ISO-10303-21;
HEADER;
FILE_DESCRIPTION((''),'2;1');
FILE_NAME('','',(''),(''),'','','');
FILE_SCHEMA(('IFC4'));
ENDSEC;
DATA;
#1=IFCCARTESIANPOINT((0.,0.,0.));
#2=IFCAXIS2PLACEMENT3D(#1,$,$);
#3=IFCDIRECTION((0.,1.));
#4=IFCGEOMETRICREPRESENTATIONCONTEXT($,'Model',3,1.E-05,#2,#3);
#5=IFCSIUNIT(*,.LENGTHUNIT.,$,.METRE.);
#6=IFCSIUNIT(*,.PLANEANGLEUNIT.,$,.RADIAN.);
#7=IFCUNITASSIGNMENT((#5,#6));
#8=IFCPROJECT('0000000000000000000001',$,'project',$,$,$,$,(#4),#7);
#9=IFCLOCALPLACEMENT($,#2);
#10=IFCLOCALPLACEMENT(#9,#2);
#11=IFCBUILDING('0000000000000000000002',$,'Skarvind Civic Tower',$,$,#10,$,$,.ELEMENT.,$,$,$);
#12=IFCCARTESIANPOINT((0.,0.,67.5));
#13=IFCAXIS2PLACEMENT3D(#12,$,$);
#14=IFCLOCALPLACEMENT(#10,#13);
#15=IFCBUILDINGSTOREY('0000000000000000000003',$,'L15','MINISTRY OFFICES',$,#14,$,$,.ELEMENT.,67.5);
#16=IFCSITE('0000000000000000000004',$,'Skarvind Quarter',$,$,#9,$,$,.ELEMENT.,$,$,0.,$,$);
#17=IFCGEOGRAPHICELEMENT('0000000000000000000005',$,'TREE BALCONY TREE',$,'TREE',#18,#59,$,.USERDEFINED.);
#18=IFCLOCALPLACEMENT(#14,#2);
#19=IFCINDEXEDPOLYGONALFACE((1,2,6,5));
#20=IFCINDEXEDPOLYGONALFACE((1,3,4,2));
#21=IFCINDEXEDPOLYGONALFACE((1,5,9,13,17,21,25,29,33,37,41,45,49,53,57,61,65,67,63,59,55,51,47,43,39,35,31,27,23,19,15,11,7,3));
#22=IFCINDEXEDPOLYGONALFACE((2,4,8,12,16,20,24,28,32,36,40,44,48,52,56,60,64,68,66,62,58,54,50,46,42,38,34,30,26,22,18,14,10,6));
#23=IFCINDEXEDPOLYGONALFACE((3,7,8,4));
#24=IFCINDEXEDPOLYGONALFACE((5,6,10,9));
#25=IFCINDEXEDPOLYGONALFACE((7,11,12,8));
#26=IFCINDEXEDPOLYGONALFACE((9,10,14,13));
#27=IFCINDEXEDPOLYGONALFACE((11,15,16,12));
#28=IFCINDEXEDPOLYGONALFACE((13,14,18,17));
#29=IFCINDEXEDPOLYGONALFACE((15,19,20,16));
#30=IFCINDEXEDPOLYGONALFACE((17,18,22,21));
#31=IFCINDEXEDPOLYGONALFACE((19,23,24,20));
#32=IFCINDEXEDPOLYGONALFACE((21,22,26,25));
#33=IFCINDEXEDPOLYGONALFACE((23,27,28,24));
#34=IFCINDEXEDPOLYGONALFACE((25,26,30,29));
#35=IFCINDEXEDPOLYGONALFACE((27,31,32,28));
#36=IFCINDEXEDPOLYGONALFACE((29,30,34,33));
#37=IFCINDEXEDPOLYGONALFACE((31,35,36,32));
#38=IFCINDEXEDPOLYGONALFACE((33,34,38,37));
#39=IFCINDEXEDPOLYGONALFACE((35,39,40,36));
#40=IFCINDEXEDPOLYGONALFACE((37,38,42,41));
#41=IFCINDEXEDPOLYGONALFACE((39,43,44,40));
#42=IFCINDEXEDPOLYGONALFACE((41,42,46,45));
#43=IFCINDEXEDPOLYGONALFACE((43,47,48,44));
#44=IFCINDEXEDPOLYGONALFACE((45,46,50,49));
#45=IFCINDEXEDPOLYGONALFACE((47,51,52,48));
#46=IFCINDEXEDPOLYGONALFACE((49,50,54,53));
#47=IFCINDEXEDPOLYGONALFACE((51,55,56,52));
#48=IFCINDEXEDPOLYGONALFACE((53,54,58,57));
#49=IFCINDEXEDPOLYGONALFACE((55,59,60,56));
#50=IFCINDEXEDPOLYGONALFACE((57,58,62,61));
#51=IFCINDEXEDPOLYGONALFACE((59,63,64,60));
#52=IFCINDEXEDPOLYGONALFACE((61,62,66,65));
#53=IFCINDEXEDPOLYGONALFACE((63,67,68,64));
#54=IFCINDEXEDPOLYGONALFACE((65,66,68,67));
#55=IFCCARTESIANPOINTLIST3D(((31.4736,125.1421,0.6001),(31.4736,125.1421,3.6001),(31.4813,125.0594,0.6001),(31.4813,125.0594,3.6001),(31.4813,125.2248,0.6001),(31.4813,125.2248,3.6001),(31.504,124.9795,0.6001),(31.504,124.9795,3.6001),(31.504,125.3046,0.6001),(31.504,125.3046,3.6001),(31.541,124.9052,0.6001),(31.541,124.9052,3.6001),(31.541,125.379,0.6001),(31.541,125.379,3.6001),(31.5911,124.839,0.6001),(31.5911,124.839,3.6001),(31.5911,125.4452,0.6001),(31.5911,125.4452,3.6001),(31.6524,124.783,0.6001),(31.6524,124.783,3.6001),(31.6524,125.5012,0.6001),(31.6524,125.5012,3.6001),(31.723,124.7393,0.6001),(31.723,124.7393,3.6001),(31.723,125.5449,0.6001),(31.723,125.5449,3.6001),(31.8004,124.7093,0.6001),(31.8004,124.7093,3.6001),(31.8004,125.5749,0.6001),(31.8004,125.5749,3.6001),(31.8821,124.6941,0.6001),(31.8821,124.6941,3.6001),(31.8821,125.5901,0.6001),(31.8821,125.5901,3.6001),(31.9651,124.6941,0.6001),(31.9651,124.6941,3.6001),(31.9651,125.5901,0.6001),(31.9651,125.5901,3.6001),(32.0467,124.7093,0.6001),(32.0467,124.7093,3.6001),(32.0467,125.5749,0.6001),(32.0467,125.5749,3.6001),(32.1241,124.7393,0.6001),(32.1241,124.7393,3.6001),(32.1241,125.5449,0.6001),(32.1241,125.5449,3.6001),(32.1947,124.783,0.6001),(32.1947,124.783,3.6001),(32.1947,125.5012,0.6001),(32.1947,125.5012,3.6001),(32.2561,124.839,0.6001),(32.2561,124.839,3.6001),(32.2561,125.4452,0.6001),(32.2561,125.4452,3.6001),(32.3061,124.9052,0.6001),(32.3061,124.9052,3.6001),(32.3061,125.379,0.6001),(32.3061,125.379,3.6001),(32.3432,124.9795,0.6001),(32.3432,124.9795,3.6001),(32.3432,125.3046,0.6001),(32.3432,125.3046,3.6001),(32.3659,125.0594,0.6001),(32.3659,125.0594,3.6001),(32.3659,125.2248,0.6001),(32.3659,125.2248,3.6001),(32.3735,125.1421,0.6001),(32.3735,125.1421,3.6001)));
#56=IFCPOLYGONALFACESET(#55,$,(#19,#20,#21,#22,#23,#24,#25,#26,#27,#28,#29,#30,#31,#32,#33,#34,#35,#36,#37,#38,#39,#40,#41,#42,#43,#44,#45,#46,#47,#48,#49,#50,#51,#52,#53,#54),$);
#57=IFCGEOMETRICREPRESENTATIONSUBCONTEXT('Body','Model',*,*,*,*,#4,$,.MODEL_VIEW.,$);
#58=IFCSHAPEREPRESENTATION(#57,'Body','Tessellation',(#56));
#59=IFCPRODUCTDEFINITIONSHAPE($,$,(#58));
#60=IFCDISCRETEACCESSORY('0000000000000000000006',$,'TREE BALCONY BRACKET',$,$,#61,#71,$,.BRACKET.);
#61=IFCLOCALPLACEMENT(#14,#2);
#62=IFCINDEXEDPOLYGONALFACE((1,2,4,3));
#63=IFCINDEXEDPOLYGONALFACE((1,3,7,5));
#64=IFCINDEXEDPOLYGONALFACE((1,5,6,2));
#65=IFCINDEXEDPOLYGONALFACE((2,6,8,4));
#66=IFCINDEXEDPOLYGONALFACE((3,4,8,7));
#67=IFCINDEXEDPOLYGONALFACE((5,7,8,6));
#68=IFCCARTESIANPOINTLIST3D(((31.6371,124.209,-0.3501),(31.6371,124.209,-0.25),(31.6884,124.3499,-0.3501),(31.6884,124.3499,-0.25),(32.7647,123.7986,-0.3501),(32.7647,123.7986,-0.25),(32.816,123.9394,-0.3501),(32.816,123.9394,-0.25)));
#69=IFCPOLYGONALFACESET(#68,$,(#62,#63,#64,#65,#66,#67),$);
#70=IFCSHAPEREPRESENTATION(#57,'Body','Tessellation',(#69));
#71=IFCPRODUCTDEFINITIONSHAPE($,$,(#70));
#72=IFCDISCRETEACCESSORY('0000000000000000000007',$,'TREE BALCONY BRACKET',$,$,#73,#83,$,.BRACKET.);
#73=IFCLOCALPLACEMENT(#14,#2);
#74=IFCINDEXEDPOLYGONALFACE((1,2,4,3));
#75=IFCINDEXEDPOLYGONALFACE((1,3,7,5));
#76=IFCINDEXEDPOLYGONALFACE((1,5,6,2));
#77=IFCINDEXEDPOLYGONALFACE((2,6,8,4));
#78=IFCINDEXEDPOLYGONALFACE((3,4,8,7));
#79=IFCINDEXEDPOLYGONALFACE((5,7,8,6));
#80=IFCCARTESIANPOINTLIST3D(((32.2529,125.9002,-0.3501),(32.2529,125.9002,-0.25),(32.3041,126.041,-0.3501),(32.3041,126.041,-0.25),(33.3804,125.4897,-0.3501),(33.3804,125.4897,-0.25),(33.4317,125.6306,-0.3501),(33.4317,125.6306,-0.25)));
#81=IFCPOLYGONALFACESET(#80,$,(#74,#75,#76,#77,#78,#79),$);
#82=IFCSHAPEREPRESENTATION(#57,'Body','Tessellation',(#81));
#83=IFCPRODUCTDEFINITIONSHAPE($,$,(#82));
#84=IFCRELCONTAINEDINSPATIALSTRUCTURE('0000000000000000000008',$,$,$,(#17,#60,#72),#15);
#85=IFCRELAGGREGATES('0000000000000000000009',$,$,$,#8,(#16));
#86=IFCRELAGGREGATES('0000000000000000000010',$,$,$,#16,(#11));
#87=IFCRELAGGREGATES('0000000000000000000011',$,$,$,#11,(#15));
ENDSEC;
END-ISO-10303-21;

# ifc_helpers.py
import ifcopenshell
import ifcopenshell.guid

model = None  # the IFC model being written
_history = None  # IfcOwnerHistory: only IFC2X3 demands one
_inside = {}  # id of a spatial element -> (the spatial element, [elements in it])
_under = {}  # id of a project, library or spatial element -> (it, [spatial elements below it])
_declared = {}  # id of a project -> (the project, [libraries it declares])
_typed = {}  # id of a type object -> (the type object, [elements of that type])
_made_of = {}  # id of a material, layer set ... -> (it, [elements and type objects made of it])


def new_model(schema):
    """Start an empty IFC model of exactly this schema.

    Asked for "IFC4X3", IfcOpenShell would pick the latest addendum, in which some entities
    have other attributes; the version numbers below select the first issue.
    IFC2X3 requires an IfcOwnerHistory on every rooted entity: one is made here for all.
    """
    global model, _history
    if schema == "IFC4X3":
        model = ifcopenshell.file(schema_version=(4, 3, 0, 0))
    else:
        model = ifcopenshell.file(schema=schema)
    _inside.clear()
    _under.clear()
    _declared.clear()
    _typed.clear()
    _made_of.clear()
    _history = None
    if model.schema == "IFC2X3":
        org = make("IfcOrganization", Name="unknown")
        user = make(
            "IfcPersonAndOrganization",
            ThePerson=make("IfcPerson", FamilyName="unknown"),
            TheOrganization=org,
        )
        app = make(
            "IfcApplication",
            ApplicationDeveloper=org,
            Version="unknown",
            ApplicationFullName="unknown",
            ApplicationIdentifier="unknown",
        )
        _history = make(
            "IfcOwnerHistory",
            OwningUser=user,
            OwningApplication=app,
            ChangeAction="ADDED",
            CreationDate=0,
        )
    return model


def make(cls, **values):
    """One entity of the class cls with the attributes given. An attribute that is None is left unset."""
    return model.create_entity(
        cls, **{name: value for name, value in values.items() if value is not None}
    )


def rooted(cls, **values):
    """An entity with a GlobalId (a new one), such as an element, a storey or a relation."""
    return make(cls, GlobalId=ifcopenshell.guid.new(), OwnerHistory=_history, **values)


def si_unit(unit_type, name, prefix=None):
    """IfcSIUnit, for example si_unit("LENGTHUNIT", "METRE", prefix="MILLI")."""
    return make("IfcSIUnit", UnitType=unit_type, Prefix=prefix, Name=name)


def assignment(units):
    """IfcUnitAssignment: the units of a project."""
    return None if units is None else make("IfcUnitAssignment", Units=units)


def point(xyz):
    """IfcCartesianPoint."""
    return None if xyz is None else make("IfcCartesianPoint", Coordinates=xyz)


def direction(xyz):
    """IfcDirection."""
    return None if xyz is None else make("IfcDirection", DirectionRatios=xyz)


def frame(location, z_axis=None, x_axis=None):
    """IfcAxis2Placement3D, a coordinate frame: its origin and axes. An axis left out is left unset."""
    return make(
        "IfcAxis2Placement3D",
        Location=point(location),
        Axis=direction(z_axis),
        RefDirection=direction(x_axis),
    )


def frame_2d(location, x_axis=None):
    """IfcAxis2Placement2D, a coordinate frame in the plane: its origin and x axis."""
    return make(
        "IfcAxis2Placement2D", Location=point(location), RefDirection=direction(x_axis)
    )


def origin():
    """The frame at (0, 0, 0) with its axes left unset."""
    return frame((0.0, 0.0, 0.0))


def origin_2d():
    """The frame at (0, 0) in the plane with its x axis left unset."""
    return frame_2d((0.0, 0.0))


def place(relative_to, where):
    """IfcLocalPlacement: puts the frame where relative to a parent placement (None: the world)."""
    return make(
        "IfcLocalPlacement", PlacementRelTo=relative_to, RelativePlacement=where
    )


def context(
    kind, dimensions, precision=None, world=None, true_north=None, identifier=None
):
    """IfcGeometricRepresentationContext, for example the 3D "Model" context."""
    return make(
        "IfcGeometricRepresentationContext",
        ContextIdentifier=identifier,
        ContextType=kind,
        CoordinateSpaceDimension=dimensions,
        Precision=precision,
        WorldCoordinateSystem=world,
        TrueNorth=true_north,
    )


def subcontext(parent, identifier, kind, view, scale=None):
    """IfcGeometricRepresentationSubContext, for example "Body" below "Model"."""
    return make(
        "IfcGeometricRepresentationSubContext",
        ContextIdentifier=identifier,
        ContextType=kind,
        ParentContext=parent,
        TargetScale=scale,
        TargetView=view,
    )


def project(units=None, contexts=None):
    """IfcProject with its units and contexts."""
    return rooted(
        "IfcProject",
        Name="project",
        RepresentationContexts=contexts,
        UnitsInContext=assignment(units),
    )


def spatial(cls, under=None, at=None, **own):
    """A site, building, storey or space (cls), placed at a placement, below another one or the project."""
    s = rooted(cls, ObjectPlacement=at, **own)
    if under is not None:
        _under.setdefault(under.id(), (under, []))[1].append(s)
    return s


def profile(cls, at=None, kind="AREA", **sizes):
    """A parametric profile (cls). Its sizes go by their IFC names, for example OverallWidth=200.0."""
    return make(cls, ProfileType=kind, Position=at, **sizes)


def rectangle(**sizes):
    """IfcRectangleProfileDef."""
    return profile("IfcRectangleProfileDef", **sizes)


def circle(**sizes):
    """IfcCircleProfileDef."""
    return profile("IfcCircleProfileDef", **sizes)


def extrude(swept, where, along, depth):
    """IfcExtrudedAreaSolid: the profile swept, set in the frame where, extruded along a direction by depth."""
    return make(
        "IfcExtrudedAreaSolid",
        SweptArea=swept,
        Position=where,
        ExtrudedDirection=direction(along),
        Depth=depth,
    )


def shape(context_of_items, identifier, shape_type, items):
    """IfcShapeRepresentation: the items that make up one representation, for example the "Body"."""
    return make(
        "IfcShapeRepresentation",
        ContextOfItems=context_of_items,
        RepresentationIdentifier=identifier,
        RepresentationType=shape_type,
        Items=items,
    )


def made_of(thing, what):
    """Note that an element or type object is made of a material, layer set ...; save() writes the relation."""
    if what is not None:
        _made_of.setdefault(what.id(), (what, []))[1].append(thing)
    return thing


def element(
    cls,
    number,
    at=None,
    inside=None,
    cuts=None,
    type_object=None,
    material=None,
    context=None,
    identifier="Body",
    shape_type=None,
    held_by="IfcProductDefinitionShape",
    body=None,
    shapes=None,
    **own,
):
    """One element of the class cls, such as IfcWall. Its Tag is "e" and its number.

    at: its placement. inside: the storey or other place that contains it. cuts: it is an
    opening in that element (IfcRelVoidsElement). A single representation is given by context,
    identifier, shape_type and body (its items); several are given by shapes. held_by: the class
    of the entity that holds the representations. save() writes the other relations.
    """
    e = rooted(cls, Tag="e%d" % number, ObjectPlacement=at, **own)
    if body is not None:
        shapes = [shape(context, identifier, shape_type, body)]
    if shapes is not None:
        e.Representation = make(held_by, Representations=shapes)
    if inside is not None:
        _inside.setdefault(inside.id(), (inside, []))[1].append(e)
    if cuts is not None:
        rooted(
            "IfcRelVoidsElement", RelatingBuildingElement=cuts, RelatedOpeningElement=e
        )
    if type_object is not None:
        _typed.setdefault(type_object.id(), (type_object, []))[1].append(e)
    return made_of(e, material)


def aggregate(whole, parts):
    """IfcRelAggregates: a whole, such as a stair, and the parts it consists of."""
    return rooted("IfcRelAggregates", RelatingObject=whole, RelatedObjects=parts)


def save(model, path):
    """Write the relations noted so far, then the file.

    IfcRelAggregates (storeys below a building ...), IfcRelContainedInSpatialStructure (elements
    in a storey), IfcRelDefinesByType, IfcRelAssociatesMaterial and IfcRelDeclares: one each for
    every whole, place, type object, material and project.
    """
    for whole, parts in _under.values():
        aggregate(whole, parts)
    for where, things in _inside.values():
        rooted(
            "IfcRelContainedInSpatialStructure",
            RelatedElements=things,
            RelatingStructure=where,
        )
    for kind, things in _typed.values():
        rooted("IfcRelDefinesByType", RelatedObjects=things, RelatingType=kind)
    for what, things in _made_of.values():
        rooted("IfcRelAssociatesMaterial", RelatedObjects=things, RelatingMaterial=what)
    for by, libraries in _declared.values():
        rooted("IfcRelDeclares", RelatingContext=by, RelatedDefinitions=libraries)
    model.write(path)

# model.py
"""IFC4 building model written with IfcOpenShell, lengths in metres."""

from ifc_helpers import new_model, si_unit, direction, frame, origin, origin_2d, place, context, subcontext, project, spatial, rectangle, circle, extrude, element, save


model = new_model("IFC4")

# Units and contexts
model_context = context("Model", 3, precision=1e-05, world=origin(), true_north=direction((0.0, 1.0)))
body_context = subcontext(model_context, "Body", "Model", "MODEL_VIEW")
ifc_project = project(units=[si_unit("LENGTHUNIT", "METRE"), si_unit("PLANEANGLEUNIT", "RADIAN")], contexts=[model_context])

# Site, building, storey
site_placement = place(None, origin())
site = spatial("IfcSite", under=ifc_project, at=site_placement, Name="Skarvind Quarter", CompositionType="ELEMENT", RefElevation=0.0)
building_placement = place(site_placement, origin())
building = spatial("IfcBuilding", under=site, at=building_placement, Name="Skarvind Civic Tower", CompositionType="ELEMENT")
storey_placement = place(building_placement, frame((0.0, 0.0, 67.5)))
storey = spatial("IfcBuildingStorey", under=building, at=storey_placement, Name="L15", Description="MINISTRY OFFICES", CompositionType="ELEMENT", Elevation=67.5)

# Geographic element
geographic_element_placement = place(storey_placement, frame((31.9236, 125.1421, 0.6001), z_axis=(0.0, 0.0, 1.0), x_axis=(1.0, 0.0, 0.0)))
element("IfcGeographicElement", 1, at=geographic_element_placement, inside=storey, Name="TREE BALCONY TREE", ObjectType="TREE", PredefinedType="USERDEFINED", context=body_context, shape_type="SweptSolid", body=[
    extrude(circle(Radius=0.45, at=origin_2d()), origin(), (0.0, 0.0, 1.0), 3.0),
])

# Discrete accessories
for number, where, z_axis, x_axis, name in (
    (2, (32.2266, 124.0742, -0.3501), (0.0, 0.0, 1.0), (0.34202, 0.939693, 0.0), "TREE BALCONY BRACKET"),
    (3, (32.8423, 125.7654, -0.3501), (0.0, 0.0, 1.0), (0.34202, 0.939693, 0.0), "TREE BALCONY BRACKET"),
):
    element("IfcDiscreteAccessory", number, at=place(storey_placement, frame(where, z_axis=z_axis, x_axis=x_axis)), inside=storey, Name=name, PredefinedType="BRACKET", context=body_context, shape_type="SweptSolid", body=[
        extrude(rectangle(XDim=0.1499, YDim=1.2, at=origin_2d()), origin(), (0.0, 0.0, 1.0), 0.1001),
    ])

save(model, "model.ifc")
